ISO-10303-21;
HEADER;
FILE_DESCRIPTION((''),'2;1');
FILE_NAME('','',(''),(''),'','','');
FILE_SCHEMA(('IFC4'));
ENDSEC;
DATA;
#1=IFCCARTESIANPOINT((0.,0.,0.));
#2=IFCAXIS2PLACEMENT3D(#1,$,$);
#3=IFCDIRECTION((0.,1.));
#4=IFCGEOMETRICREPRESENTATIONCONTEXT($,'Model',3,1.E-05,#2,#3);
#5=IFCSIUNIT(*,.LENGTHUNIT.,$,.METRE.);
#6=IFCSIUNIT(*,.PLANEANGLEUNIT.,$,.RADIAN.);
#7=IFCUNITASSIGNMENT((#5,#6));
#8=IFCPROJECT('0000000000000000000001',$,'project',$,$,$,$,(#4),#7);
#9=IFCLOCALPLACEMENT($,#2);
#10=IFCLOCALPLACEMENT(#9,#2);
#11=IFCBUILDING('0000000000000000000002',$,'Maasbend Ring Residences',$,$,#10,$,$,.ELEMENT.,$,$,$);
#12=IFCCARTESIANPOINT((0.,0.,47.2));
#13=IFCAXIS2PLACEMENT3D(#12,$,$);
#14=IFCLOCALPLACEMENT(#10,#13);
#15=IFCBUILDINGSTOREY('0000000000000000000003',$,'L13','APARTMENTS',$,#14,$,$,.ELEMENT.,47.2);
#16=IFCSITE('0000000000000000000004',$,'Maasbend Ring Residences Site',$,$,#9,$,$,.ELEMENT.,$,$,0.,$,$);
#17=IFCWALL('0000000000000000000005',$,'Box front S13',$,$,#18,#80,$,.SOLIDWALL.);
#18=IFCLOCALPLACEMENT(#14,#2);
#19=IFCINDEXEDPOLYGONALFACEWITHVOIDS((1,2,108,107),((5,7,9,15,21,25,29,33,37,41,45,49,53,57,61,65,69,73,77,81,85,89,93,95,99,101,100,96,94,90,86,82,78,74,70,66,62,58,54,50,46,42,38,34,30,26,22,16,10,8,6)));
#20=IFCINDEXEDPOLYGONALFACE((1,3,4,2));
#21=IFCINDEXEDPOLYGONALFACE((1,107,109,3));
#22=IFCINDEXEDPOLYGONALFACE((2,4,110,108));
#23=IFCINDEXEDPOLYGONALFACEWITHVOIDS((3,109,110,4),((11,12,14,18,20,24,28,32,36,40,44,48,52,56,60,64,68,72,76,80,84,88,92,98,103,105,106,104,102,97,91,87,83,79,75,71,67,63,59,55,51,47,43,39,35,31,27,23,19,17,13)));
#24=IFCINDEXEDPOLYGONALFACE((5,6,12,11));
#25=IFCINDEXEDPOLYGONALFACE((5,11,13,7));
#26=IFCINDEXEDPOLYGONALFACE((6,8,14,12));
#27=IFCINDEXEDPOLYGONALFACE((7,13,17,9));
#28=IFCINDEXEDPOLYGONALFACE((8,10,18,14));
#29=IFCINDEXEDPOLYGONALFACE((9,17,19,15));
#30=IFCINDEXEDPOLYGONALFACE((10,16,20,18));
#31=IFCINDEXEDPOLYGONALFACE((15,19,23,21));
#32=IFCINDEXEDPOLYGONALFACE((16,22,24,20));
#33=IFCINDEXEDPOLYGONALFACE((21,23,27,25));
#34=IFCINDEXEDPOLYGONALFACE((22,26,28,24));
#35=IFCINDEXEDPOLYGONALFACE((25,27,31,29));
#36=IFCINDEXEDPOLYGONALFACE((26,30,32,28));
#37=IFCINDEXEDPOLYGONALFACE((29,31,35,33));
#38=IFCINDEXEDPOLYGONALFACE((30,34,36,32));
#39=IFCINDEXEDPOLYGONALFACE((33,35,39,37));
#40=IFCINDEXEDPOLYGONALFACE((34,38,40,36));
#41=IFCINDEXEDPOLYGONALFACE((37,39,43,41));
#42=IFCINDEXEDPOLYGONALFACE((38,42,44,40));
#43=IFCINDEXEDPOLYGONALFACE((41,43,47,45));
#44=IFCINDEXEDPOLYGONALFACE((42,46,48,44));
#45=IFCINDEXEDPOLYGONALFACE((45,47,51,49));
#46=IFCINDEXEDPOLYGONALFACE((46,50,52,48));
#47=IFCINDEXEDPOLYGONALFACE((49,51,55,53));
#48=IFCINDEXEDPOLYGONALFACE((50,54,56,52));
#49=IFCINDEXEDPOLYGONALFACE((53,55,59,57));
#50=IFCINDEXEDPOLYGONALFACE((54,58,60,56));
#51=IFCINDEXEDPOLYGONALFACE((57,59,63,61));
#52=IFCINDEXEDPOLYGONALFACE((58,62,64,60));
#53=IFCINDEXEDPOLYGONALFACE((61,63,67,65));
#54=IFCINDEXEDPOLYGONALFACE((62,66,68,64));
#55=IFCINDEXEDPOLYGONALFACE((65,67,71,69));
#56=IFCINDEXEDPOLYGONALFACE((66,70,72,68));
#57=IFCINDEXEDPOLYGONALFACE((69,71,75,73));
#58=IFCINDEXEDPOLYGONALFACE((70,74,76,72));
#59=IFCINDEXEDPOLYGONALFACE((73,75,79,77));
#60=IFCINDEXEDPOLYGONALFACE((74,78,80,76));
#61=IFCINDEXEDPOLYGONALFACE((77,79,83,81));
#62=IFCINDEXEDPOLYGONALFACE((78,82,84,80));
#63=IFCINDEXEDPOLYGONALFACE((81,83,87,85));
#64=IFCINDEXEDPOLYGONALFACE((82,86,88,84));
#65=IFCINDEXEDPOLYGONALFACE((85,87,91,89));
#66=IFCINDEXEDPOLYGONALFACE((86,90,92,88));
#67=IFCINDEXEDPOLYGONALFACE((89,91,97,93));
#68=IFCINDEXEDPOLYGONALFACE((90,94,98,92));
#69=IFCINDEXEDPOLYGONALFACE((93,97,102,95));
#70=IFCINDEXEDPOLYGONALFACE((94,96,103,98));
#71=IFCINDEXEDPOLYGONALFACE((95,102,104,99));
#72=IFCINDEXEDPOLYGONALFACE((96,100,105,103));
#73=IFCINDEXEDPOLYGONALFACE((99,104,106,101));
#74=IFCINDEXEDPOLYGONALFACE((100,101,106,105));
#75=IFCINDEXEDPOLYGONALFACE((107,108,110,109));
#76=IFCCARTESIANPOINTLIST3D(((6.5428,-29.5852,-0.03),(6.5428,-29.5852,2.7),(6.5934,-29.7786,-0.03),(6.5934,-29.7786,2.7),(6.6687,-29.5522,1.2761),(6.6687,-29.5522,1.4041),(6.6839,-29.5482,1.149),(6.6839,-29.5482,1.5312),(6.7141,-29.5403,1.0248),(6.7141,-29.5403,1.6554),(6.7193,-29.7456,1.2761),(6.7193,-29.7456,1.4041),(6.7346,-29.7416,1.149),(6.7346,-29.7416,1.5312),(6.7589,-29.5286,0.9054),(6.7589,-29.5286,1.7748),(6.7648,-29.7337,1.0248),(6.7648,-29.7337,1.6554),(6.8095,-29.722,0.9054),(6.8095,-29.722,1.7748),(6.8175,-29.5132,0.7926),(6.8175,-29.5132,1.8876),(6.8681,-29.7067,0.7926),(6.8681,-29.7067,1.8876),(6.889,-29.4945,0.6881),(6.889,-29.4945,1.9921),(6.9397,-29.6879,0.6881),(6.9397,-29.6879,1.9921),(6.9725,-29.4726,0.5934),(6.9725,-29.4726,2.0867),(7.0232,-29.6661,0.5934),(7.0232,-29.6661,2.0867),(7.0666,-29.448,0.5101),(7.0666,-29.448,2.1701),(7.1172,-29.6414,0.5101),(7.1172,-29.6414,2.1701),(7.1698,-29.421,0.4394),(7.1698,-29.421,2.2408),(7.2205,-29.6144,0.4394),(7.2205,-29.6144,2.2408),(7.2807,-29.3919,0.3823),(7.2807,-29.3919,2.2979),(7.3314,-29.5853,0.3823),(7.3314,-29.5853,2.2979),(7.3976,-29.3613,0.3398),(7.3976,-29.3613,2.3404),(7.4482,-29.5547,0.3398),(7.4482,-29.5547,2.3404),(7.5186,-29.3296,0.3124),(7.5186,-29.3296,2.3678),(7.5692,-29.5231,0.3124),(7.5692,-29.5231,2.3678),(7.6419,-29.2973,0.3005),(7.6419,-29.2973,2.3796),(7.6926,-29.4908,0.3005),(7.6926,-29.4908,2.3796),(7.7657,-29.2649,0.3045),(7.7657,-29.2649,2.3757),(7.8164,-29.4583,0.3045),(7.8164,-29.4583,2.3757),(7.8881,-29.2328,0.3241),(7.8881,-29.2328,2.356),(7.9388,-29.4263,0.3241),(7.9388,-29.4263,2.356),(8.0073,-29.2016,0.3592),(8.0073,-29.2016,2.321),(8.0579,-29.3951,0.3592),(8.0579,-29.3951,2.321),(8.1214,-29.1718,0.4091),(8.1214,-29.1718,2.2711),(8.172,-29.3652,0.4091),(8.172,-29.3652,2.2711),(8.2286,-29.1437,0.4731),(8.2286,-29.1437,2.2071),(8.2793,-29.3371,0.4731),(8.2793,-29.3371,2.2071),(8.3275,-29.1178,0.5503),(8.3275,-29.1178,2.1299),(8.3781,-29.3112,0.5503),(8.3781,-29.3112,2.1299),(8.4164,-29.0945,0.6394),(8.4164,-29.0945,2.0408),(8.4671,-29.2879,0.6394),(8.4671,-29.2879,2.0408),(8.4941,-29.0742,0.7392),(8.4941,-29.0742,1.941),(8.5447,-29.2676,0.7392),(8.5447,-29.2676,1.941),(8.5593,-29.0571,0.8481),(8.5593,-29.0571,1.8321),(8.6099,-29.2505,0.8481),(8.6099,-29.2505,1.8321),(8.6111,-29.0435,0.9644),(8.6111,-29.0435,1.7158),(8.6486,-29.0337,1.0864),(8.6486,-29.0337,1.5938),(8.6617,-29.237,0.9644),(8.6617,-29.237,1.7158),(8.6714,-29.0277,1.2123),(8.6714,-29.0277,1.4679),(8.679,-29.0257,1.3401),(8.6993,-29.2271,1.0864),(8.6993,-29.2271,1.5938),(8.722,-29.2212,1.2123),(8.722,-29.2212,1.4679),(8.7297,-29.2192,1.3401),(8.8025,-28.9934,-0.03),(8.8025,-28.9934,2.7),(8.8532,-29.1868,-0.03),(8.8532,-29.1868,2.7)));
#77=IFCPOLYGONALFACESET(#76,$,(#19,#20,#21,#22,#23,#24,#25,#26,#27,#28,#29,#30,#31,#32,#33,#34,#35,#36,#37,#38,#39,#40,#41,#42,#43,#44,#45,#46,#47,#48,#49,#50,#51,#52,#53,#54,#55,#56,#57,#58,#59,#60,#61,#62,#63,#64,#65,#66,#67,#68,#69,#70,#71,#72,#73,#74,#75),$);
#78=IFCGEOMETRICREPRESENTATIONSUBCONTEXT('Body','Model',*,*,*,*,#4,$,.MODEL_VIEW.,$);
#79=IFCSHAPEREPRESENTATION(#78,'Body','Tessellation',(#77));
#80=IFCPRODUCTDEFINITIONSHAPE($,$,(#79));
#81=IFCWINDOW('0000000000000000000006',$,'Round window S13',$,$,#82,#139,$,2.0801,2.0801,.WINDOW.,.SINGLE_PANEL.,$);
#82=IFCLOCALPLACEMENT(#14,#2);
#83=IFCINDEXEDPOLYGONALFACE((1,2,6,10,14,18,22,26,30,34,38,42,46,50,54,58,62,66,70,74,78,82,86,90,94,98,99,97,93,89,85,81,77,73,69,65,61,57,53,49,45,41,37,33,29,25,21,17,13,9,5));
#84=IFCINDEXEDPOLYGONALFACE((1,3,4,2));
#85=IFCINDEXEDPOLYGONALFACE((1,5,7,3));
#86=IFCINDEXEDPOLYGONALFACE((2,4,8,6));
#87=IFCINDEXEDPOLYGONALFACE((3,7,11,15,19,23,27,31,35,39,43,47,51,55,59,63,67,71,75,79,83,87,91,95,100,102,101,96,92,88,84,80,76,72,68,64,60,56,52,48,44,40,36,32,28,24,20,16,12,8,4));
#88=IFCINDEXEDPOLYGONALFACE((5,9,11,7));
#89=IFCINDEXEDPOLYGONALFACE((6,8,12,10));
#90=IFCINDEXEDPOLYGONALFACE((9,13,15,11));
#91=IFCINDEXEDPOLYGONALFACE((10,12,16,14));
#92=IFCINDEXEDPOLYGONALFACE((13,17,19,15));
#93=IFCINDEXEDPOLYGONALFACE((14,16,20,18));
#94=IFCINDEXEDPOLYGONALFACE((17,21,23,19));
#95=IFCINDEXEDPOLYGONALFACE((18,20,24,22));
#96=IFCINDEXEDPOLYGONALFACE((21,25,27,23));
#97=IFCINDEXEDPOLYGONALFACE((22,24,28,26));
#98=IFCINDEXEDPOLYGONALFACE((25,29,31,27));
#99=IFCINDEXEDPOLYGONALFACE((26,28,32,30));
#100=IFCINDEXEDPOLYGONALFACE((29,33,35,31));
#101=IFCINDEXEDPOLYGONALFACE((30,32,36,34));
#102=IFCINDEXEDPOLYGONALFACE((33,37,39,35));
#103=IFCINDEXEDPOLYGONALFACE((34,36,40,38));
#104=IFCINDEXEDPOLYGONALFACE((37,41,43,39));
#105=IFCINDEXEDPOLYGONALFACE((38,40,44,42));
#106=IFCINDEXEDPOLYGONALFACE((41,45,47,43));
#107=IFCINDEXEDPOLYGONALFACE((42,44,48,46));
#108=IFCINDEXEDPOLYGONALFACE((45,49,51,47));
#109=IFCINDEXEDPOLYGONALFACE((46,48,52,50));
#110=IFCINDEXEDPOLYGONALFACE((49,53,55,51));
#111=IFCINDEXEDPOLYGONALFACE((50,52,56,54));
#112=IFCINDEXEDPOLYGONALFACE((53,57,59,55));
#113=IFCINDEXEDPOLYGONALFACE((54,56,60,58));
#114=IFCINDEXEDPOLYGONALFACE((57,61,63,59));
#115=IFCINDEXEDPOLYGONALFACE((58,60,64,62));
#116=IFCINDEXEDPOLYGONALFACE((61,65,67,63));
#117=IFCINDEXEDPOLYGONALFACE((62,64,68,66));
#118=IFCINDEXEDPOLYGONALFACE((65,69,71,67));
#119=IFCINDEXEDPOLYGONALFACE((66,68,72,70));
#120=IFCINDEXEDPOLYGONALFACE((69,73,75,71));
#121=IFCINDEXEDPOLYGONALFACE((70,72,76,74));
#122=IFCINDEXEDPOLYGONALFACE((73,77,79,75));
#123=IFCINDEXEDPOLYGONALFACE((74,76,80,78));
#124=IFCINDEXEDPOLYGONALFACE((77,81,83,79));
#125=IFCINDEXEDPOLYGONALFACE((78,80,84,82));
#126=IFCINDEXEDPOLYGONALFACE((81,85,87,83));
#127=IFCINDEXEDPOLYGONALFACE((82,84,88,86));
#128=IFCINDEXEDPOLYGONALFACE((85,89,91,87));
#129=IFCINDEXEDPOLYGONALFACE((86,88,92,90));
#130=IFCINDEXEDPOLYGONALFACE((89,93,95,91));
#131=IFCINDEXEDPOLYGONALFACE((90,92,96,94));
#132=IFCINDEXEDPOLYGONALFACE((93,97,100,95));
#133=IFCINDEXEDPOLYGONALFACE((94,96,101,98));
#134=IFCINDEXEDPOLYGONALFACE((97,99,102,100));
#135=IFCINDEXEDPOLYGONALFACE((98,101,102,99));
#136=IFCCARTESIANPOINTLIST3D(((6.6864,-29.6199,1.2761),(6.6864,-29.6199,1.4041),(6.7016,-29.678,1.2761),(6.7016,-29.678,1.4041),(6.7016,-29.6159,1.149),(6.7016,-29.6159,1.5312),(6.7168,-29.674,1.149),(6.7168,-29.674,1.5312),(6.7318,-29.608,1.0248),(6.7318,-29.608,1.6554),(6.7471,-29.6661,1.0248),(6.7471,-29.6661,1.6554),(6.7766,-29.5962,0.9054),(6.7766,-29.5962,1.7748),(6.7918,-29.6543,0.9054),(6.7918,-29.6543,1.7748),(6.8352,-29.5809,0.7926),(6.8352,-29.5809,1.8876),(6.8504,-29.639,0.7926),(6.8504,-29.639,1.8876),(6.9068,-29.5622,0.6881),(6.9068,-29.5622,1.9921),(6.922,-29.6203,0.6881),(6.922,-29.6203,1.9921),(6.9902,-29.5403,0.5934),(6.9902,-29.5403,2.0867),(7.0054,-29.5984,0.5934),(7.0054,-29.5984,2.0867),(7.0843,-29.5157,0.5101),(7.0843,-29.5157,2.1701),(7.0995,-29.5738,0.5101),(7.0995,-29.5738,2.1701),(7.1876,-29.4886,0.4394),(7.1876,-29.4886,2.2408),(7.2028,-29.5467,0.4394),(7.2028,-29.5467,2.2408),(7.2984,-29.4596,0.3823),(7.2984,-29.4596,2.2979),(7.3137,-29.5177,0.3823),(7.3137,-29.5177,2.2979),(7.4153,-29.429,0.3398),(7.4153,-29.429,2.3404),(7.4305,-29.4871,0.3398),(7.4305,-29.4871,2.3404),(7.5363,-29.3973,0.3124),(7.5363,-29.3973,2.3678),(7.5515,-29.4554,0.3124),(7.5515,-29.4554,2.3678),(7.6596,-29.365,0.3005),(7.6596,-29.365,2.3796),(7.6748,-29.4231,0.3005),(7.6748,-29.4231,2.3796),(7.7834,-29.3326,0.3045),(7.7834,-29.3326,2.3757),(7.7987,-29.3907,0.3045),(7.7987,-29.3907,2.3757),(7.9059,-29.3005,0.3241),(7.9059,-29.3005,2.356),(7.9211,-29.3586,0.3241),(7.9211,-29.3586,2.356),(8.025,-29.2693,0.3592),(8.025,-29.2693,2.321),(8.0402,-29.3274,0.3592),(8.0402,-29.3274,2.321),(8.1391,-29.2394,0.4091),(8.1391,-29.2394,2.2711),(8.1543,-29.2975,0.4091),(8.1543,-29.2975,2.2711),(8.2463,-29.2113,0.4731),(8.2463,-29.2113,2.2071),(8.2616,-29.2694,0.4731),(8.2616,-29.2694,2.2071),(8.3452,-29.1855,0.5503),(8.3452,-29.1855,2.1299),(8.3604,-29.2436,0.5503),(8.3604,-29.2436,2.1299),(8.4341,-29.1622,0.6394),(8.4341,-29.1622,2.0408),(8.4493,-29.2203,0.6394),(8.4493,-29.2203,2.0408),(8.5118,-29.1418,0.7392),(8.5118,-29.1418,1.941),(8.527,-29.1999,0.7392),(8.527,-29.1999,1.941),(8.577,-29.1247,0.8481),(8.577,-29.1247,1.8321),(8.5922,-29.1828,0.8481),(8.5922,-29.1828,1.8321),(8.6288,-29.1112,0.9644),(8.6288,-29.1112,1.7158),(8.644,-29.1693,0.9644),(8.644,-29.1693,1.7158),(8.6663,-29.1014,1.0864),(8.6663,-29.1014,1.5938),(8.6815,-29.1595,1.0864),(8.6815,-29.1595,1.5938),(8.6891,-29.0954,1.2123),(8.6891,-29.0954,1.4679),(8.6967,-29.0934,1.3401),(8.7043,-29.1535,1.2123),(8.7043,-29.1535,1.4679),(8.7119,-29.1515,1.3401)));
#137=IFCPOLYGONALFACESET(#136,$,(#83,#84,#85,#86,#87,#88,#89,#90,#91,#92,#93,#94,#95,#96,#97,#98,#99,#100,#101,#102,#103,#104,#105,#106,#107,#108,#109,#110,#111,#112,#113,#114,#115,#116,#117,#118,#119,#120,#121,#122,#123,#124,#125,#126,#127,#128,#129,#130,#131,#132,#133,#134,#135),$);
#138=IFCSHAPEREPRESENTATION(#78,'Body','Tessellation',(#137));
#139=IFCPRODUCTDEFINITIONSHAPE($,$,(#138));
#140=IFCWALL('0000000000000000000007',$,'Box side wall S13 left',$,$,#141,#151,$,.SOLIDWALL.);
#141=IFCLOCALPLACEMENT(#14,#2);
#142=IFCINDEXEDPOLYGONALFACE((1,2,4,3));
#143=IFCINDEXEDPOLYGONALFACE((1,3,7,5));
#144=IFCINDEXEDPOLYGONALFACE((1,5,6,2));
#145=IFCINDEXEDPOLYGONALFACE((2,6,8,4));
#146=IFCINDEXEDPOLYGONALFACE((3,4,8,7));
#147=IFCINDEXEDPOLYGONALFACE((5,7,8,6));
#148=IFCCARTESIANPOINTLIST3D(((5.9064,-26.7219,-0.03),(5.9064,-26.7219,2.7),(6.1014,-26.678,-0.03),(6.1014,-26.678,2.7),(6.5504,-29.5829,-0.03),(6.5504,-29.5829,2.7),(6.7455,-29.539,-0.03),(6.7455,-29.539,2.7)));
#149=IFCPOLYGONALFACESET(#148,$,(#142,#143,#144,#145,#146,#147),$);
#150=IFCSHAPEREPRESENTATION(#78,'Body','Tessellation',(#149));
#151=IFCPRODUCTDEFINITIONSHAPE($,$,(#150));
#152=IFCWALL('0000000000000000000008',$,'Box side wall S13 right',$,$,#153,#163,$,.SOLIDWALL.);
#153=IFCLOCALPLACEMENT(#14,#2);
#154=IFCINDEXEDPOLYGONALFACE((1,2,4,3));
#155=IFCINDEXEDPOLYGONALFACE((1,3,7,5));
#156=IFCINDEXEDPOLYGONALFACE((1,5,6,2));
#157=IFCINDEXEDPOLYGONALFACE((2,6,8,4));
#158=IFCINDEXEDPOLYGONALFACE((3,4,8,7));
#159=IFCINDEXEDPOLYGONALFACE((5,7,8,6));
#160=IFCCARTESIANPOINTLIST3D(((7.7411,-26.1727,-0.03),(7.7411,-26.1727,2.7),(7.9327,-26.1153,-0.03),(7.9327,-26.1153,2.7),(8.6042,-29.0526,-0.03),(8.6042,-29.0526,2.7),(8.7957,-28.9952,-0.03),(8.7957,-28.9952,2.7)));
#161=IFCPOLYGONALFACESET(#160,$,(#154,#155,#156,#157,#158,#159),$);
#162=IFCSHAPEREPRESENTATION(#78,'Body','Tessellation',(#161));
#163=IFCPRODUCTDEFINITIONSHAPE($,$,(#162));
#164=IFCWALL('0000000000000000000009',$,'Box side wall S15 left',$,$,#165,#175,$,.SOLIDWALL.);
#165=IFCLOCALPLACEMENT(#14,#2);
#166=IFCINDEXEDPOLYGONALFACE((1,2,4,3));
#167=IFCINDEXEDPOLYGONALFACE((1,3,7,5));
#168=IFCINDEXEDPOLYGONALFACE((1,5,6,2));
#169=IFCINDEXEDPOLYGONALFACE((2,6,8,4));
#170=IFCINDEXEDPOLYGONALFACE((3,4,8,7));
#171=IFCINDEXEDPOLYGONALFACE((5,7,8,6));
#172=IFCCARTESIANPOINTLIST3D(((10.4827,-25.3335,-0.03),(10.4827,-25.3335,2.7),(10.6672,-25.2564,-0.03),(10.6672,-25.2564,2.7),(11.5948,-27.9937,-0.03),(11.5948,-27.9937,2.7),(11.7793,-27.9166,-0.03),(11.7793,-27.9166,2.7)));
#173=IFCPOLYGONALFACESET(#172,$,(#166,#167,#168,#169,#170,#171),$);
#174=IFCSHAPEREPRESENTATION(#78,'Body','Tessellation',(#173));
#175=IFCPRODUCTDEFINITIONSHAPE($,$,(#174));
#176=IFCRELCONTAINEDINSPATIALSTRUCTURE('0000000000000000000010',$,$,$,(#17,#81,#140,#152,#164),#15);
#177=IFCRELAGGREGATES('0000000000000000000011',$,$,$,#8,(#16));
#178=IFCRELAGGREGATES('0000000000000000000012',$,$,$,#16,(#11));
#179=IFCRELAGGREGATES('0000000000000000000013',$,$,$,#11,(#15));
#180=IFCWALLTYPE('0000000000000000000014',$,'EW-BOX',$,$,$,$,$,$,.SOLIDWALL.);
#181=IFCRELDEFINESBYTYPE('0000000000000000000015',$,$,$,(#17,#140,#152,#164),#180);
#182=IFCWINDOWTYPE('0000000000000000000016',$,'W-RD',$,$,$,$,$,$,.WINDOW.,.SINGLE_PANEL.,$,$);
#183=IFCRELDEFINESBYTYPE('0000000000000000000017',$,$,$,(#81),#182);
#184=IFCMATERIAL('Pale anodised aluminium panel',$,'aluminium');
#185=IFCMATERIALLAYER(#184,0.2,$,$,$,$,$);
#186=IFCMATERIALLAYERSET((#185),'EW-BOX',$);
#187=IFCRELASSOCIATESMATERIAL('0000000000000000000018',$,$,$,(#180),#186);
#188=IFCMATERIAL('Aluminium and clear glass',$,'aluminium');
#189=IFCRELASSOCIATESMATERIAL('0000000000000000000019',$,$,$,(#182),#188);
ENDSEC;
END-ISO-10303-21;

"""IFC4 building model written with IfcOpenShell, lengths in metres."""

from ifc_helpers import new_model, si_unit, direction, frame, frame_2d, origin, place, context, subcontext, project, spatial, rectangle, circle, extrude, material, layer, layer_set, type_object, element, fill, save


model = new_model("IFC4")

# Units and contexts
model_context = context("Model", 3, precision=1e-05, world=origin(), true_north=direction((0.0, 1.0)))
body_context = subcontext(model_context, "Body", "Model", "MODEL_VIEW")
ifc_project = project(units=[si_unit("LENGTHUNIT", "METRE"), si_unit("PLANEANGLEUNIT", "RADIAN")], contexts=[model_context])

# Site, building, storey
site_placement = place(None, origin())
site = spatial("IfcSite", under=ifc_project, at=site_placement, Name="Maasbend Ring Residences Site", CompositionType="ELEMENT", RefElevation=0.0)
building_placement = place(site_placement, origin())
building = spatial("IfcBuilding", under=site, at=building_placement, Name="Maasbend Ring Residences", CompositionType="ELEMENT")
storey_placement = place(building_placement, frame((0.0, 0.0, 47.2)))
storey = spatial("IfcBuildingStorey", under=building, at=storey_placement, Name="L13", Description="APARTMENTS", CompositionType="ELEMENT", Elevation=47.2)

# Shared definitions
ifc_material_1 = material(Name="Pale anodised aluminium panel", Category="aluminium")
ifc_layer_1 = layer(ifc_material_1, 0.2)
ifc_layer_set_1 = layer_set([ifc_layer_1], Name="EW-BOX")
wall_type_1 = type_object("IfcWallType", Name="EW-BOX", PredefinedType="SOLIDWALL", material=ifc_layer_set_1)

# Wall, opening, window
wall_1_placement = place(storey_placement, frame((6.5681, -29.6819, -0.03), z_axis=(0.0, 0.0, 1.0), x_axis=(0.967377, 0.253341, 0.0)))
wall_1 = element("IfcWall", 1, at=wall_1_placement, inside=storey, type_object=wall_type_1, Name="Box front S13", PredefinedType="SOLIDWALL", context=body_context, shape_type="SweptSolid", body=[
    extrude(rectangle(XDim=2.3359, YDim=0.2, at=frame_2d((1.168, 0.0))), origin(), (0.0, 0.0, 1.0), 2.73),
])
opening_1_placement = place(wall_1_placement, frame((0.1282, 0.0, 0.3301)))
opening_1 = element("IfcOpeningElement", 2, at=opening_1_placement, cuts=wall_1, PredefinedType="OPENING", context=body_context, shape_type="SweptSolid", body=[
    extrude(circle(Radius=1.04, at=frame_2d((1.04, 1.04))), frame((0.0, 0.1099, 0.0), z_axis=(0.0, -1.0, 0.0), x_axis=(1.0, 0.0, 0.0)), (0.0, 0.0, 1.0), 0.22),
])
ifc_material_2 = material(Name="Aluminium and clear glass", Category="aluminium")
window_type_1 = type_object("IfcWindowType", Name="W-RD", PartitioningType="SINGLE_PANEL", PredefinedType="WINDOW", material=ifc_material_2)
window_1_placement = place(opening_1_placement, origin())
window_1 = element("IfcWindow", 3, at=window_1_placement, inside=storey, type_object=window_type_1, Name="Round window S13", OverallHeight=2.0801, OverallWidth=2.0801, PartitioningType="SINGLE_PANEL", PredefinedType="WINDOW", context=body_context, shape_type="SweptSolid", body=[
    extrude(circle(Radius=1.04, at=frame_2d((1.04, 1.04))), frame((0.0, 0.03, 0.0), z_axis=(0.0, -1.0, 0.0), x_axis=(1.0, 0.0, 0.0)), (0.0, 0.0, 1.0), 0.0601),
])
fill(opening_1, window_1)

# Walls
wall_2_placement = place(storey_placement, frame((6.0039, -26.7, -0.03), z_axis=(0.0, 0.0, 1.0), x_axis=(0.219609, -0.975588, 0.0)))
element("IfcWall", 4, at=wall_2_placement, inside=storey, type_object=wall_type_1, Name="Box side wall S13 left", PredefinedType="SOLIDWALL", context=body_context, shape_type="SweptSolid", body=[
    extrude(rectangle(XDim=2.9326, YDim=0.2, at=frame_2d((1.4663, 0.0))), origin(), (0.0, 0.0, 1.0), 2.73),
])
wall_3_placement = place(storey_placement, frame((7.8369, -26.144, -0.03), z_axis=(0.0, 0.0, 1.0), x_axis=(0.287065, -0.957911, 0.0)))
element("IfcWall", 5, at=wall_3_placement, inside=storey, type_object=wall_type_1, Name="Box side wall S13 right", PredefinedType="SOLIDWALL", context=body_context, shape_type="SweptSolid", body=[
    extrude(rectangle(XDim=3.0063, YDim=0.2, at=frame_2d((1.5032, 0.0))), origin(), (0.0, 0.0, 1.0), 2.73),
])
wall_4_placement = place(storey_placement, frame((10.575, -25.2949, -0.03), z_axis=(0.0, 0.0, 1.0), x_axis=(0.385697, -0.922625, 0.0)))
element("IfcWall", 6, at=wall_4_placement, inside=storey, type_object=wall_type_1, Name="Box side wall S15 left", PredefinedType="SOLIDWALL", context=body_context, shape_type="SweptSolid", body=[
    extrude(rectangle(XDim=2.8833, YDim=0.2, at=frame_2d((1.4417, 0.0))), origin(), (0.0, 0.0, 1.0), 2.73),
])

save(model, "model.ifc")
